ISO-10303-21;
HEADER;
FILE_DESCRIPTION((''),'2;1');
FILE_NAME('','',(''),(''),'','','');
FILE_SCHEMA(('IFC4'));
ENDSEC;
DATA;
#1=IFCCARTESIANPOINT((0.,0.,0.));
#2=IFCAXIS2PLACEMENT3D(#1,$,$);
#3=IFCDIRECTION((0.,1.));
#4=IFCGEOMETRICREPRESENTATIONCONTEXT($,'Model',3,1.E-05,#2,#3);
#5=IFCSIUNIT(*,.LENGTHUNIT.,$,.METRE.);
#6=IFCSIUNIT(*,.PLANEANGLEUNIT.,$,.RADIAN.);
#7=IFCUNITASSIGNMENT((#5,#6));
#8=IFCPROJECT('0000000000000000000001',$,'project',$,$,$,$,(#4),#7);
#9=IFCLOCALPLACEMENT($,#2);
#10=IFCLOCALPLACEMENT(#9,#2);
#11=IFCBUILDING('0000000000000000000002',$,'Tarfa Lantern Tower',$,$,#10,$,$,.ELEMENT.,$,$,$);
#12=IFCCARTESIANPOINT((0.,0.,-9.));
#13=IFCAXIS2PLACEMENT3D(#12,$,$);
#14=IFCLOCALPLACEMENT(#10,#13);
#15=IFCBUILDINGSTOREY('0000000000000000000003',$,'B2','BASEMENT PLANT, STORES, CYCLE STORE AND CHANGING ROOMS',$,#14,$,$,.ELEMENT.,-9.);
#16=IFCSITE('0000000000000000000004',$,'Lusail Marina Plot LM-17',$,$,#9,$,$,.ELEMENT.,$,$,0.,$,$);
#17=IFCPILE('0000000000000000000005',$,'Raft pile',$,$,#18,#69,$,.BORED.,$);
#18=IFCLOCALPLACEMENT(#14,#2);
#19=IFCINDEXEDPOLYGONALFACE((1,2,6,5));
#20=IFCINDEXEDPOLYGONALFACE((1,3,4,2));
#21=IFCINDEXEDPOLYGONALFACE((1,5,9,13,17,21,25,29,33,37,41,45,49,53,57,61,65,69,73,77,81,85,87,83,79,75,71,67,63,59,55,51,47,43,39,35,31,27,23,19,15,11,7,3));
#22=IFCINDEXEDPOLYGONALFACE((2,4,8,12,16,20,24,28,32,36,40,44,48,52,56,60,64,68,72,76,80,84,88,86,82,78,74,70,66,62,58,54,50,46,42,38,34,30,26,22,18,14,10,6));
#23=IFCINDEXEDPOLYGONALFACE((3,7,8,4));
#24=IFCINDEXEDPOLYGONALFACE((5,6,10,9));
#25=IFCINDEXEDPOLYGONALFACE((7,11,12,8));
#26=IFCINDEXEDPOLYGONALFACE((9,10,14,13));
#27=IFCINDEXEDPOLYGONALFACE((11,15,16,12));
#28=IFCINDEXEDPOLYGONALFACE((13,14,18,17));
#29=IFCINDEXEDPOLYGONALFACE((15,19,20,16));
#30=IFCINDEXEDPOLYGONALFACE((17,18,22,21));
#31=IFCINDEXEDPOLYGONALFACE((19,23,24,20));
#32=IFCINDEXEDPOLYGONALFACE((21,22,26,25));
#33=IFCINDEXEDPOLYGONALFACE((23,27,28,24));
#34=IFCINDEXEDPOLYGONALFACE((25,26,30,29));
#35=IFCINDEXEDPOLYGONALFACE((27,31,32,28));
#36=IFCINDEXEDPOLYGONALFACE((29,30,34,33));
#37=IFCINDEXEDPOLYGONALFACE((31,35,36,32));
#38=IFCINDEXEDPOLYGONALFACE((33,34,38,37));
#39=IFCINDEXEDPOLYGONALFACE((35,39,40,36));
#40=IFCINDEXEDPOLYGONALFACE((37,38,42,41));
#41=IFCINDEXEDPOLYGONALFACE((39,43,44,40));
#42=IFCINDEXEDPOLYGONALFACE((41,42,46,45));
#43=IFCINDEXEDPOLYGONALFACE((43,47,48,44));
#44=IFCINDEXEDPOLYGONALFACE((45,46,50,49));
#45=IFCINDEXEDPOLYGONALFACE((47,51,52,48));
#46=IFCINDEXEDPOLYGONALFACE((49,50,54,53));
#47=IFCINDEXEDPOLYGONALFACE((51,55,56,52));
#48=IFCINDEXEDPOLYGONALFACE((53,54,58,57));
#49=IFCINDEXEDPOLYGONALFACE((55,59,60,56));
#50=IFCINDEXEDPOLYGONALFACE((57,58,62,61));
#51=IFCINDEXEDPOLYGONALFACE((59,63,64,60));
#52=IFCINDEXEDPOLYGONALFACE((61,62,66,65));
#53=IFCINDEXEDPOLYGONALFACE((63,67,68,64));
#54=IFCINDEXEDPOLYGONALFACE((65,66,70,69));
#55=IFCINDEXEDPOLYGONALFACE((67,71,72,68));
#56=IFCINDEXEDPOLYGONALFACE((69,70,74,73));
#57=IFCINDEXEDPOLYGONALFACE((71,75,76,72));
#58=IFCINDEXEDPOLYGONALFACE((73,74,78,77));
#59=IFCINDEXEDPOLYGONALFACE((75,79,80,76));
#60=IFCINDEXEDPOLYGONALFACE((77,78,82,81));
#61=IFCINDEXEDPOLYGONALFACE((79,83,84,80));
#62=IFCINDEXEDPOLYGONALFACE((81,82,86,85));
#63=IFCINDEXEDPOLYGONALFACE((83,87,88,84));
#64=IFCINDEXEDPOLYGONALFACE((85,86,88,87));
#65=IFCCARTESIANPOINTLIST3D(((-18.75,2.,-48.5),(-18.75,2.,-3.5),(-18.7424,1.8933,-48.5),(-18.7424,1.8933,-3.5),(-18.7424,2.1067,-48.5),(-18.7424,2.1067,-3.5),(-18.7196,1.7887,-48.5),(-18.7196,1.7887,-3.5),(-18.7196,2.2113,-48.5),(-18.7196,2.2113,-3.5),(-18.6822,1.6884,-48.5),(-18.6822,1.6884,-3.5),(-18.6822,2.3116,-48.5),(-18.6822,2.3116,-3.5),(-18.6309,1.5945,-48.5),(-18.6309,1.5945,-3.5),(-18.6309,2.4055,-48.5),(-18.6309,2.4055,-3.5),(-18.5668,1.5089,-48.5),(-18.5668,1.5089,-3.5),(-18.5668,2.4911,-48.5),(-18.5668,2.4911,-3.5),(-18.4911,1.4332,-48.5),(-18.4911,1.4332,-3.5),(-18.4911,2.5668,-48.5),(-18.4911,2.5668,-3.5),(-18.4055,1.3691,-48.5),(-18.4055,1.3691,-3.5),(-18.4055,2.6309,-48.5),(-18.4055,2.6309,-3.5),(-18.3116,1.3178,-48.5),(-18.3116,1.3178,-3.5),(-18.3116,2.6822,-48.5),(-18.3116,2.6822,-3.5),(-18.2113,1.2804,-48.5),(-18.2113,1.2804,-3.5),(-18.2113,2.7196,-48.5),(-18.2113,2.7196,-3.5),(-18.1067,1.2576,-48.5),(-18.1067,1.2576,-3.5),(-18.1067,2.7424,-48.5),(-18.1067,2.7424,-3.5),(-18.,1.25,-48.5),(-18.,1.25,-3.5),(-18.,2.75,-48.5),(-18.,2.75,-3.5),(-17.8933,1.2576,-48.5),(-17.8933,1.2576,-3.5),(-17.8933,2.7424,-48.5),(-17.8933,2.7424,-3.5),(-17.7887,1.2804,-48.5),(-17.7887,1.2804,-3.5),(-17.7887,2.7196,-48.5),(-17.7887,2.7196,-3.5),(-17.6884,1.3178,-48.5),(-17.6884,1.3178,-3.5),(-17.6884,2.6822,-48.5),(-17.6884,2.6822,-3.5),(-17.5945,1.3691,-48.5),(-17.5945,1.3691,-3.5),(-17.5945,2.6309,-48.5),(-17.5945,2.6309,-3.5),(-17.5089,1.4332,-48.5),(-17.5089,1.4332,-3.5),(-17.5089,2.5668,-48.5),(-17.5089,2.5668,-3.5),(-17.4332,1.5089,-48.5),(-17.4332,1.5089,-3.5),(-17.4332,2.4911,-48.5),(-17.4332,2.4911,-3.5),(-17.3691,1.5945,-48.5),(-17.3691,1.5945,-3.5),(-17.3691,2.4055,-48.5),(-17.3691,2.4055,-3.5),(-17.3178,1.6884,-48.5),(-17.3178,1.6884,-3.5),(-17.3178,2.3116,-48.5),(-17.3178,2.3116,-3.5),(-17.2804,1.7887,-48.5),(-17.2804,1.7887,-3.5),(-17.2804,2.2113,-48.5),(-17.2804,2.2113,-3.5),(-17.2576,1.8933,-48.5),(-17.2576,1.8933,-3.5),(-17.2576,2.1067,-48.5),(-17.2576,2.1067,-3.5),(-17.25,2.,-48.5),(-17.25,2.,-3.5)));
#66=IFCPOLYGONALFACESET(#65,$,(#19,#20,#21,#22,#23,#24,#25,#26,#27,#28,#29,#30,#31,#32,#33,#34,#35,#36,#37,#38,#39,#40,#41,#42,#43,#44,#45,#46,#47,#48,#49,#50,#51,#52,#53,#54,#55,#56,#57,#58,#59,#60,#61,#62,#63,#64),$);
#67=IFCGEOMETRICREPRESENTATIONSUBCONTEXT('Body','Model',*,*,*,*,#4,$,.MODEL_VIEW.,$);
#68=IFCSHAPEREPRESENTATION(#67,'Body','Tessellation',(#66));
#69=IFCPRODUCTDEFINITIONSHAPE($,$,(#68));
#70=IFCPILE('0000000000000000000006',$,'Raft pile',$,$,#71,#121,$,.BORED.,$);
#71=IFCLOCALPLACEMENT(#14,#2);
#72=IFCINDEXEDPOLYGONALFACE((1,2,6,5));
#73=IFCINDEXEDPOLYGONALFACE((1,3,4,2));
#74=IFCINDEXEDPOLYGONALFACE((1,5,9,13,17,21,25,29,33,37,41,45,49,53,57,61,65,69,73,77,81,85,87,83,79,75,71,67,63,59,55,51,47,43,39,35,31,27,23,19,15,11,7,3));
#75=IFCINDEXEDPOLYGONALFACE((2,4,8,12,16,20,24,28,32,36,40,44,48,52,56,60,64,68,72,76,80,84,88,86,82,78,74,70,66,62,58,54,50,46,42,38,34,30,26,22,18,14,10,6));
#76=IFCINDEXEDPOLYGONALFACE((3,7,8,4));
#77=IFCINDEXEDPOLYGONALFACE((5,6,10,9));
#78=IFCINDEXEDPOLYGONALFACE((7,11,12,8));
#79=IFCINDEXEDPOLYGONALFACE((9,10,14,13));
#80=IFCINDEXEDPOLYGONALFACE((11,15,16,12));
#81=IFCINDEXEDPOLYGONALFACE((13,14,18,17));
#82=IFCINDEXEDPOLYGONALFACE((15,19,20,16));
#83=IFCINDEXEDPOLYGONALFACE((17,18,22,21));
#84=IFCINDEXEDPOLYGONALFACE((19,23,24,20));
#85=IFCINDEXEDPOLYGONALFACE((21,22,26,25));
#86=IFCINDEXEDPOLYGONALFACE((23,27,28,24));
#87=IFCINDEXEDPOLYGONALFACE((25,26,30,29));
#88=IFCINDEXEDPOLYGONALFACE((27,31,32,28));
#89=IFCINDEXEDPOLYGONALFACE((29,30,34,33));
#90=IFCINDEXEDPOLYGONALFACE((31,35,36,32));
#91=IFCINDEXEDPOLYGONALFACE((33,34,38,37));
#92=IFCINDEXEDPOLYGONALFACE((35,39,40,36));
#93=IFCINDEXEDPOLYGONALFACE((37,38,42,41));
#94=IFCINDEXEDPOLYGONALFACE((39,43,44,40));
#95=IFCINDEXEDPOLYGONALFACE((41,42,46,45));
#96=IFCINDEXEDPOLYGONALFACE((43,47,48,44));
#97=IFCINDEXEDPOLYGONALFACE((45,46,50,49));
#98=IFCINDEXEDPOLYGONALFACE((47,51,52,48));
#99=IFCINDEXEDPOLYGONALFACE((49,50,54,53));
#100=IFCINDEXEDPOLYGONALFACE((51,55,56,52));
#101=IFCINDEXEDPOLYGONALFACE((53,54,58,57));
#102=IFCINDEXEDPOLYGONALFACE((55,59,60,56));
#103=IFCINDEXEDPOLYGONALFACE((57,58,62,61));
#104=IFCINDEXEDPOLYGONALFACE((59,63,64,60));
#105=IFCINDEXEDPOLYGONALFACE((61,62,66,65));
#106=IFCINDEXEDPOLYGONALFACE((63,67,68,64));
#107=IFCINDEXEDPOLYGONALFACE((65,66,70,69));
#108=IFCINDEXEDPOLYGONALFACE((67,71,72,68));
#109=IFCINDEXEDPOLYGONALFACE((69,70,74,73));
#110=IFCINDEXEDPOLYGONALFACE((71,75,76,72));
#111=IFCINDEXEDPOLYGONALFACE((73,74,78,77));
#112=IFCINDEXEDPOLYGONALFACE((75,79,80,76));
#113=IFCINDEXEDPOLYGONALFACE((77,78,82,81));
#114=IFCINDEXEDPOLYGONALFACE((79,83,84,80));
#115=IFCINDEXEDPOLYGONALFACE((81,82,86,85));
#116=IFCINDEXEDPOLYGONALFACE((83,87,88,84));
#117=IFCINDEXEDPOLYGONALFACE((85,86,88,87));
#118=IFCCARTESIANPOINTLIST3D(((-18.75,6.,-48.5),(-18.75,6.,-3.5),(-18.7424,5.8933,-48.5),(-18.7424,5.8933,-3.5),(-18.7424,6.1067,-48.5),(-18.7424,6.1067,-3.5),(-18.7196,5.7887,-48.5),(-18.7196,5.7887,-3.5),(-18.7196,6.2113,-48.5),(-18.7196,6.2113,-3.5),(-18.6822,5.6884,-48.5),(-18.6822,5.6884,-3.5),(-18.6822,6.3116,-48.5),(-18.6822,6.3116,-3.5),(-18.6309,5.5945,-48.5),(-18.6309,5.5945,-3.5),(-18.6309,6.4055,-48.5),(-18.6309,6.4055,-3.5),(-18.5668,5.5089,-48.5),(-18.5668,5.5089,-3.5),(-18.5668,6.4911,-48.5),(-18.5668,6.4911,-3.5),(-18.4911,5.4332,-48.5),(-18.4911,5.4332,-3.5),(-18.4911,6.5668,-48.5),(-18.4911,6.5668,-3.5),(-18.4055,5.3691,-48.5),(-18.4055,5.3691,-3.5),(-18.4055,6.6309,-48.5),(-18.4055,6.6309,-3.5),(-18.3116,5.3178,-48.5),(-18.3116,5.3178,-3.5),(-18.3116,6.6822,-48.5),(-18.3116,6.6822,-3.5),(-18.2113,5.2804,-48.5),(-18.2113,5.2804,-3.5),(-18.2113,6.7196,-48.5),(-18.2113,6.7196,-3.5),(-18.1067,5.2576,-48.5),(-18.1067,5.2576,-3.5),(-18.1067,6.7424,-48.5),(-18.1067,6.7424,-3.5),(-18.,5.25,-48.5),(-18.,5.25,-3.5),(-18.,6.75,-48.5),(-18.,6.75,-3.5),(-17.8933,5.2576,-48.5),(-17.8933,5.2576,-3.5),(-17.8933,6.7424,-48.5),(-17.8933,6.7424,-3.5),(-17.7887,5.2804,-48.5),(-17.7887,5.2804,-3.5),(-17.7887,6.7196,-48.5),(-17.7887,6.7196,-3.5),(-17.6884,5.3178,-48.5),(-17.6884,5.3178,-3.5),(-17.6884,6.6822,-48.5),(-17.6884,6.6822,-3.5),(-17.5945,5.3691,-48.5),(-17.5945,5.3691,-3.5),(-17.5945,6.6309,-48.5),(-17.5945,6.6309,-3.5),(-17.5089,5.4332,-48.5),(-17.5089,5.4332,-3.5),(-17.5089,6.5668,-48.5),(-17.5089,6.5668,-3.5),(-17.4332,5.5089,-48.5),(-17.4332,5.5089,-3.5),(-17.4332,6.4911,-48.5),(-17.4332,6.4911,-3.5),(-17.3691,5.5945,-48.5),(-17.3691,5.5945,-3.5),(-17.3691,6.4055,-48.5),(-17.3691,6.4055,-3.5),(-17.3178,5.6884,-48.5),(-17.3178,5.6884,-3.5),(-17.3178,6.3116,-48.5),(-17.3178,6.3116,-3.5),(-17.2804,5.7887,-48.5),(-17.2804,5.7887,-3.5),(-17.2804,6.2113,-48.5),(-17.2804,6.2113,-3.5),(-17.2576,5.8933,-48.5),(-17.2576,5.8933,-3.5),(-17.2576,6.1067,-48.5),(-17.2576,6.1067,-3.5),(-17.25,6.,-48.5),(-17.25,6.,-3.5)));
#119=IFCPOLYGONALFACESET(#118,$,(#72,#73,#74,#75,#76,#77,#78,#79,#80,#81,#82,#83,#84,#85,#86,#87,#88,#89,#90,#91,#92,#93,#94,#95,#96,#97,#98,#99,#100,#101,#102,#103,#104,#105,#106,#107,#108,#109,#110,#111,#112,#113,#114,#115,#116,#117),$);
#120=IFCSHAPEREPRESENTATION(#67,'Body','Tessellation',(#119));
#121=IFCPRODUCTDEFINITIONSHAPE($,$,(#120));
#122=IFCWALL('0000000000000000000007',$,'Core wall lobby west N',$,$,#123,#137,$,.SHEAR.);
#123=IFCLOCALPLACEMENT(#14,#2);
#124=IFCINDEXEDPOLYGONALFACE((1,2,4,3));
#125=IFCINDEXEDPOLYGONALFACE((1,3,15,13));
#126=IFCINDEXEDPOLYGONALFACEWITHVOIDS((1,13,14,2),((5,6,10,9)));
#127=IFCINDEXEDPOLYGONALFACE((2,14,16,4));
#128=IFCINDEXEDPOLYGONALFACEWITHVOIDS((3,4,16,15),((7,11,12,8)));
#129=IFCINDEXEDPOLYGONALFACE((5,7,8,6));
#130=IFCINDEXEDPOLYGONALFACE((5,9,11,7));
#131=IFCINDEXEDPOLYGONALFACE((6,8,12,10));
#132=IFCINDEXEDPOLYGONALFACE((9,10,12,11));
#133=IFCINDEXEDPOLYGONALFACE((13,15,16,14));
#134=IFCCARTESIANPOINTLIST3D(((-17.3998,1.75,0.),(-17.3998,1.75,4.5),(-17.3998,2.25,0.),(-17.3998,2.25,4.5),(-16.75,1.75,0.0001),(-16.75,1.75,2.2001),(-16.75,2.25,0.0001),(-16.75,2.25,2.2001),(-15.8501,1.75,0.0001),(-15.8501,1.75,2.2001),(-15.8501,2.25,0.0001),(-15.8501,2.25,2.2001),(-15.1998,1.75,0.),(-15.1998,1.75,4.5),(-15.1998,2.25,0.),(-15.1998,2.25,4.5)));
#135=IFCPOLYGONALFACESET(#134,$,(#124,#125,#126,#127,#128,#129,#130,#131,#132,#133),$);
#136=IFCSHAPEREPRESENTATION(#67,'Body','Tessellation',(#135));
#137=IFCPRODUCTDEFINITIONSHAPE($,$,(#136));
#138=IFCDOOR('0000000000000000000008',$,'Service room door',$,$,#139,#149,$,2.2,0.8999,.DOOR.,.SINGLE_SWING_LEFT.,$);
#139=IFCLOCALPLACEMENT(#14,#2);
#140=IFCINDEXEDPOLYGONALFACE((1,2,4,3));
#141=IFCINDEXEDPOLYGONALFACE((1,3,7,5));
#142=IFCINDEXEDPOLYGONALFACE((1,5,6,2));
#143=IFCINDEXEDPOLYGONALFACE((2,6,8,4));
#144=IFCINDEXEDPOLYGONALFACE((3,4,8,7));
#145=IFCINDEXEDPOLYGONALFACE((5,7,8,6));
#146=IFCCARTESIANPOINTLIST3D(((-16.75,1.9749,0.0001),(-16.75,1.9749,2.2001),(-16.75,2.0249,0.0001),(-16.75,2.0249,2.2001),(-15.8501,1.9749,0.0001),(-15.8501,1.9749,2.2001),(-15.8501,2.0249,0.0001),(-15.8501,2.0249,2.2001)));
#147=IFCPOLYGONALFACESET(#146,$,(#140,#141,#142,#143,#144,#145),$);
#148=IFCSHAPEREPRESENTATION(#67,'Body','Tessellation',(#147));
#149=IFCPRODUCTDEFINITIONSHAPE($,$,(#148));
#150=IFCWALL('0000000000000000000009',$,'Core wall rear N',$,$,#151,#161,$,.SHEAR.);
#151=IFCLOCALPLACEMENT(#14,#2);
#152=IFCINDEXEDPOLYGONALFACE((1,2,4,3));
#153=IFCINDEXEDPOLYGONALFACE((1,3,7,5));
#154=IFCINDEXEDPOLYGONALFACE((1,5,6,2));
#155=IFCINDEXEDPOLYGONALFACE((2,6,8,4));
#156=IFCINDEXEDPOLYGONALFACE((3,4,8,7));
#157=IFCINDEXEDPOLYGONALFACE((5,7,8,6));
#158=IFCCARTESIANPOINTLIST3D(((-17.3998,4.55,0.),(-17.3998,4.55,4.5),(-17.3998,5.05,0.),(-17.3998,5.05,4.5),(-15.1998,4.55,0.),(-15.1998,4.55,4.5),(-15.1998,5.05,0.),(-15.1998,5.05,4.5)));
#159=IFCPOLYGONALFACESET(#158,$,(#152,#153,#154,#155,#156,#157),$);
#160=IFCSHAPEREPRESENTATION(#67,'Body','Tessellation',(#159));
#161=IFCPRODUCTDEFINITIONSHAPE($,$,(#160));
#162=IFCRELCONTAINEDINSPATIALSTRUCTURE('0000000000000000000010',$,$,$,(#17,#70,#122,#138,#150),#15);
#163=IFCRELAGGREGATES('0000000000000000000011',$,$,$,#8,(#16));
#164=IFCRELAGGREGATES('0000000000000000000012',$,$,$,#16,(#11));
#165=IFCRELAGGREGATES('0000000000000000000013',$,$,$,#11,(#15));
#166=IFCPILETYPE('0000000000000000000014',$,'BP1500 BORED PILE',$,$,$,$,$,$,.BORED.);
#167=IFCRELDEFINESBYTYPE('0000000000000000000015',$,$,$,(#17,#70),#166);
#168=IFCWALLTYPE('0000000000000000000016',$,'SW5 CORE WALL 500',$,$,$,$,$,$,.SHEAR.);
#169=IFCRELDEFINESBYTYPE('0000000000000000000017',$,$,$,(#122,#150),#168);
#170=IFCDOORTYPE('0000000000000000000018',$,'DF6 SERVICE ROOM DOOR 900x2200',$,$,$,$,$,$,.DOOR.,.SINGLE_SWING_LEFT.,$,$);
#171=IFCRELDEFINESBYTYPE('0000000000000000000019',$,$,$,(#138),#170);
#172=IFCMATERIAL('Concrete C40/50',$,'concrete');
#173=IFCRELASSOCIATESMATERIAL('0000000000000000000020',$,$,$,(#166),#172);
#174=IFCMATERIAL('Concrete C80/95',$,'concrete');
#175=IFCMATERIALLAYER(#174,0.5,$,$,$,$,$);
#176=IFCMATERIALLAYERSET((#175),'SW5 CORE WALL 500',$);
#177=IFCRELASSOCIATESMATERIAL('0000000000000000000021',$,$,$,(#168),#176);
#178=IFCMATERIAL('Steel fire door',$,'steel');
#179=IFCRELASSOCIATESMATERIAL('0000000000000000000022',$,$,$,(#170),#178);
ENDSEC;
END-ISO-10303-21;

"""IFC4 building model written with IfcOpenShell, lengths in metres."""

from ifc_helpers import new_model, si_unit, direction, frame, frame_2d, origin, origin_2d, place, context, subcontext, project, spatial, rectangle, circle, extrude, material, layer, layer_set, material_profile, profile_set, type_object, element, fill, save


model = new_model("IFC4")

# Units and contexts
model_context = context("Model", 3, precision=1e-05, world=origin(), true_north=direction((0.0, 1.0)))
body_context = subcontext(model_context, "Body", "Model", "MODEL_VIEW")
ifc_project = project(units=[si_unit("LENGTHUNIT", "METRE"), si_unit("PLANEANGLEUNIT", "RADIAN")], contexts=[model_context])

# Site, building, storey
site_placement = place(None, origin())
site = spatial("IfcSite", under=ifc_project, at=site_placement, Name="Lusail Marina Plot LM-17", CompositionType="ELEMENT", RefElevation=0.0)
building_placement = place(site_placement, origin())
building = spatial("IfcBuilding", under=site, at=building_placement, Name="Tarfa Lantern Tower", CompositionType="ELEMENT")
storey_placement = place(building_placement, frame((0.0, 0.0, -9.0)))
storey = spatial("IfcBuildingStorey", under=building, at=storey_placement, Name="B2", Description="BASEMENT PLANT, STORES, CYCLE STORE AND CHANGING ROOMS", CompositionType="ELEMENT", Elevation=-9.0)

# Piles
ifc_material_1 = material(Name="Concrete C40/50", Category="concrete")
ifc_material_profile = material_profile(ifc_material_1, circle(Radius=0.75, at=origin_2d()), Name="BORED PILE D1500")
ifc_profile_set = profile_set([ifc_material_profile], Name="Concrete C40/50")
pile_type = type_object("IfcPileType", Name="BP1500 BORED PILE", PredefinedType="BORED", material=ifc_profile_set)
for number, where, z_axis, x_axis, name in (
    (1, (-18.0, 2.0, -3.5), (0.0, 0.0, -1.0), (1.0, 0.0, 0.0), "Raft pile"),
    (2, (-18.0, 6.0, -3.5), (0.0, 0.0, -1.0), (1.0, 0.0, 0.0), "Raft pile"),
):
    element("IfcPile", number, at=place(storey_placement, frame(where, z_axis=z_axis, x_axis=x_axis)), inside=storey, type_object=pile_type, Name=name, PredefinedType="BORED", context=body_context, shape_type="SweptSolid", body=[
        extrude(circle(Radius=0.75, at=origin_2d()), origin(), (0.0, 0.0, 1.0), 45.0),
    ])

# Wall, opening, door
ifc_material_2 = material(Name="Concrete C80/95", Category="concrete")
ifc_layer = layer(ifc_material_2, 0.5)
ifc_layer_set = layer_set([ifc_layer], Name="SW5 CORE WALL 500")
wall_type = type_object("IfcWallType", Name="SW5 CORE WALL 500", PredefinedType="SHEAR", material=ifc_layer_set)
wall_1_placement = place(storey_placement, frame((-17.3999, 2.0, 0.0), z_axis=(0.0, 0.0, 1.0), x_axis=(1.0, 0.0, 0.0)))
wall_1 = element("IfcWall", 3, at=wall_1_placement, inside=storey, type_object=wall_type, Name="Core wall lobby west N", PredefinedType="SHEAR", context=body_context, shape_type="SweptSolid", body=[
    extrude(rectangle(XDim=2.2, YDim=0.5, at=frame_2d((1.1001, 0.0))), origin(), (0.0, 0.0, 1.0), 4.5),
])
opening_placement = place(wall_1_placement, frame((0.6499, 0.0, 0.0)))
opening = element("IfcOpeningElement", 4, at=opening_placement, cuts=wall_1, PredefinedType="OPENING", context=body_context, shape_type="SweptSolid", body=[
    extrude(rectangle(XDim=0.8999, YDim=2.2, at=frame_2d((0.45, 1.1001))), frame((0.0, 0.26, 0.0), z_axis=(0.0, -1.0, 0.0), x_axis=(1.0, 0.0, 0.0)), (0.0, 0.0, 1.0), 0.52),
])
ifc_material_3 = material(Name="Steel fire door", Category="steel")
door_type = type_object("IfcDoorType", Name="DF6 SERVICE ROOM DOOR 900x2200", OperationType="SINGLE_SWING_LEFT", PredefinedType="DOOR", material=ifc_material_3)
door_placement = place(opening_placement, origin())
door = element("IfcDoor", 5, at=door_placement, inside=storey, type_object=door_type, Name="Service room door", OperationType="SINGLE_SWING_LEFT", OverallHeight=2.2, OverallWidth=0.8999, PredefinedType="DOOR", context=body_context, shape_type="SweptSolid", body=[
    extrude(rectangle(XDim=0.8999, YDim=2.2, at=frame_2d((0.45, 1.1001))), frame((0.0, 0.0249, 0.0), z_axis=(0.0, -1.0, 0.0), x_axis=(1.0, 0.0, 0.0)), (0.0, 0.0, 1.0), 0.05),
])
fill(opening, door)

# Wall
wall_2_placement = place(storey_placement, frame((-17.3999, 4.8, 0.0), z_axis=(0.0, 0.0, 1.0), x_axis=(1.0, 0.0, 0.0)))
element("IfcWall", 6, at=wall_2_placement, inside=storey, type_object=wall_type, Name="Core wall rear N", PredefinedType="SHEAR", context=body_context, shape_type="SweptSolid", body=[
    extrude(rectangle(XDim=2.2, YDim=0.5, at=frame_2d((1.1001, 0.0))), origin(), (0.0, 0.0, 1.0), 4.5),
])

save(model, "model.ifc")
